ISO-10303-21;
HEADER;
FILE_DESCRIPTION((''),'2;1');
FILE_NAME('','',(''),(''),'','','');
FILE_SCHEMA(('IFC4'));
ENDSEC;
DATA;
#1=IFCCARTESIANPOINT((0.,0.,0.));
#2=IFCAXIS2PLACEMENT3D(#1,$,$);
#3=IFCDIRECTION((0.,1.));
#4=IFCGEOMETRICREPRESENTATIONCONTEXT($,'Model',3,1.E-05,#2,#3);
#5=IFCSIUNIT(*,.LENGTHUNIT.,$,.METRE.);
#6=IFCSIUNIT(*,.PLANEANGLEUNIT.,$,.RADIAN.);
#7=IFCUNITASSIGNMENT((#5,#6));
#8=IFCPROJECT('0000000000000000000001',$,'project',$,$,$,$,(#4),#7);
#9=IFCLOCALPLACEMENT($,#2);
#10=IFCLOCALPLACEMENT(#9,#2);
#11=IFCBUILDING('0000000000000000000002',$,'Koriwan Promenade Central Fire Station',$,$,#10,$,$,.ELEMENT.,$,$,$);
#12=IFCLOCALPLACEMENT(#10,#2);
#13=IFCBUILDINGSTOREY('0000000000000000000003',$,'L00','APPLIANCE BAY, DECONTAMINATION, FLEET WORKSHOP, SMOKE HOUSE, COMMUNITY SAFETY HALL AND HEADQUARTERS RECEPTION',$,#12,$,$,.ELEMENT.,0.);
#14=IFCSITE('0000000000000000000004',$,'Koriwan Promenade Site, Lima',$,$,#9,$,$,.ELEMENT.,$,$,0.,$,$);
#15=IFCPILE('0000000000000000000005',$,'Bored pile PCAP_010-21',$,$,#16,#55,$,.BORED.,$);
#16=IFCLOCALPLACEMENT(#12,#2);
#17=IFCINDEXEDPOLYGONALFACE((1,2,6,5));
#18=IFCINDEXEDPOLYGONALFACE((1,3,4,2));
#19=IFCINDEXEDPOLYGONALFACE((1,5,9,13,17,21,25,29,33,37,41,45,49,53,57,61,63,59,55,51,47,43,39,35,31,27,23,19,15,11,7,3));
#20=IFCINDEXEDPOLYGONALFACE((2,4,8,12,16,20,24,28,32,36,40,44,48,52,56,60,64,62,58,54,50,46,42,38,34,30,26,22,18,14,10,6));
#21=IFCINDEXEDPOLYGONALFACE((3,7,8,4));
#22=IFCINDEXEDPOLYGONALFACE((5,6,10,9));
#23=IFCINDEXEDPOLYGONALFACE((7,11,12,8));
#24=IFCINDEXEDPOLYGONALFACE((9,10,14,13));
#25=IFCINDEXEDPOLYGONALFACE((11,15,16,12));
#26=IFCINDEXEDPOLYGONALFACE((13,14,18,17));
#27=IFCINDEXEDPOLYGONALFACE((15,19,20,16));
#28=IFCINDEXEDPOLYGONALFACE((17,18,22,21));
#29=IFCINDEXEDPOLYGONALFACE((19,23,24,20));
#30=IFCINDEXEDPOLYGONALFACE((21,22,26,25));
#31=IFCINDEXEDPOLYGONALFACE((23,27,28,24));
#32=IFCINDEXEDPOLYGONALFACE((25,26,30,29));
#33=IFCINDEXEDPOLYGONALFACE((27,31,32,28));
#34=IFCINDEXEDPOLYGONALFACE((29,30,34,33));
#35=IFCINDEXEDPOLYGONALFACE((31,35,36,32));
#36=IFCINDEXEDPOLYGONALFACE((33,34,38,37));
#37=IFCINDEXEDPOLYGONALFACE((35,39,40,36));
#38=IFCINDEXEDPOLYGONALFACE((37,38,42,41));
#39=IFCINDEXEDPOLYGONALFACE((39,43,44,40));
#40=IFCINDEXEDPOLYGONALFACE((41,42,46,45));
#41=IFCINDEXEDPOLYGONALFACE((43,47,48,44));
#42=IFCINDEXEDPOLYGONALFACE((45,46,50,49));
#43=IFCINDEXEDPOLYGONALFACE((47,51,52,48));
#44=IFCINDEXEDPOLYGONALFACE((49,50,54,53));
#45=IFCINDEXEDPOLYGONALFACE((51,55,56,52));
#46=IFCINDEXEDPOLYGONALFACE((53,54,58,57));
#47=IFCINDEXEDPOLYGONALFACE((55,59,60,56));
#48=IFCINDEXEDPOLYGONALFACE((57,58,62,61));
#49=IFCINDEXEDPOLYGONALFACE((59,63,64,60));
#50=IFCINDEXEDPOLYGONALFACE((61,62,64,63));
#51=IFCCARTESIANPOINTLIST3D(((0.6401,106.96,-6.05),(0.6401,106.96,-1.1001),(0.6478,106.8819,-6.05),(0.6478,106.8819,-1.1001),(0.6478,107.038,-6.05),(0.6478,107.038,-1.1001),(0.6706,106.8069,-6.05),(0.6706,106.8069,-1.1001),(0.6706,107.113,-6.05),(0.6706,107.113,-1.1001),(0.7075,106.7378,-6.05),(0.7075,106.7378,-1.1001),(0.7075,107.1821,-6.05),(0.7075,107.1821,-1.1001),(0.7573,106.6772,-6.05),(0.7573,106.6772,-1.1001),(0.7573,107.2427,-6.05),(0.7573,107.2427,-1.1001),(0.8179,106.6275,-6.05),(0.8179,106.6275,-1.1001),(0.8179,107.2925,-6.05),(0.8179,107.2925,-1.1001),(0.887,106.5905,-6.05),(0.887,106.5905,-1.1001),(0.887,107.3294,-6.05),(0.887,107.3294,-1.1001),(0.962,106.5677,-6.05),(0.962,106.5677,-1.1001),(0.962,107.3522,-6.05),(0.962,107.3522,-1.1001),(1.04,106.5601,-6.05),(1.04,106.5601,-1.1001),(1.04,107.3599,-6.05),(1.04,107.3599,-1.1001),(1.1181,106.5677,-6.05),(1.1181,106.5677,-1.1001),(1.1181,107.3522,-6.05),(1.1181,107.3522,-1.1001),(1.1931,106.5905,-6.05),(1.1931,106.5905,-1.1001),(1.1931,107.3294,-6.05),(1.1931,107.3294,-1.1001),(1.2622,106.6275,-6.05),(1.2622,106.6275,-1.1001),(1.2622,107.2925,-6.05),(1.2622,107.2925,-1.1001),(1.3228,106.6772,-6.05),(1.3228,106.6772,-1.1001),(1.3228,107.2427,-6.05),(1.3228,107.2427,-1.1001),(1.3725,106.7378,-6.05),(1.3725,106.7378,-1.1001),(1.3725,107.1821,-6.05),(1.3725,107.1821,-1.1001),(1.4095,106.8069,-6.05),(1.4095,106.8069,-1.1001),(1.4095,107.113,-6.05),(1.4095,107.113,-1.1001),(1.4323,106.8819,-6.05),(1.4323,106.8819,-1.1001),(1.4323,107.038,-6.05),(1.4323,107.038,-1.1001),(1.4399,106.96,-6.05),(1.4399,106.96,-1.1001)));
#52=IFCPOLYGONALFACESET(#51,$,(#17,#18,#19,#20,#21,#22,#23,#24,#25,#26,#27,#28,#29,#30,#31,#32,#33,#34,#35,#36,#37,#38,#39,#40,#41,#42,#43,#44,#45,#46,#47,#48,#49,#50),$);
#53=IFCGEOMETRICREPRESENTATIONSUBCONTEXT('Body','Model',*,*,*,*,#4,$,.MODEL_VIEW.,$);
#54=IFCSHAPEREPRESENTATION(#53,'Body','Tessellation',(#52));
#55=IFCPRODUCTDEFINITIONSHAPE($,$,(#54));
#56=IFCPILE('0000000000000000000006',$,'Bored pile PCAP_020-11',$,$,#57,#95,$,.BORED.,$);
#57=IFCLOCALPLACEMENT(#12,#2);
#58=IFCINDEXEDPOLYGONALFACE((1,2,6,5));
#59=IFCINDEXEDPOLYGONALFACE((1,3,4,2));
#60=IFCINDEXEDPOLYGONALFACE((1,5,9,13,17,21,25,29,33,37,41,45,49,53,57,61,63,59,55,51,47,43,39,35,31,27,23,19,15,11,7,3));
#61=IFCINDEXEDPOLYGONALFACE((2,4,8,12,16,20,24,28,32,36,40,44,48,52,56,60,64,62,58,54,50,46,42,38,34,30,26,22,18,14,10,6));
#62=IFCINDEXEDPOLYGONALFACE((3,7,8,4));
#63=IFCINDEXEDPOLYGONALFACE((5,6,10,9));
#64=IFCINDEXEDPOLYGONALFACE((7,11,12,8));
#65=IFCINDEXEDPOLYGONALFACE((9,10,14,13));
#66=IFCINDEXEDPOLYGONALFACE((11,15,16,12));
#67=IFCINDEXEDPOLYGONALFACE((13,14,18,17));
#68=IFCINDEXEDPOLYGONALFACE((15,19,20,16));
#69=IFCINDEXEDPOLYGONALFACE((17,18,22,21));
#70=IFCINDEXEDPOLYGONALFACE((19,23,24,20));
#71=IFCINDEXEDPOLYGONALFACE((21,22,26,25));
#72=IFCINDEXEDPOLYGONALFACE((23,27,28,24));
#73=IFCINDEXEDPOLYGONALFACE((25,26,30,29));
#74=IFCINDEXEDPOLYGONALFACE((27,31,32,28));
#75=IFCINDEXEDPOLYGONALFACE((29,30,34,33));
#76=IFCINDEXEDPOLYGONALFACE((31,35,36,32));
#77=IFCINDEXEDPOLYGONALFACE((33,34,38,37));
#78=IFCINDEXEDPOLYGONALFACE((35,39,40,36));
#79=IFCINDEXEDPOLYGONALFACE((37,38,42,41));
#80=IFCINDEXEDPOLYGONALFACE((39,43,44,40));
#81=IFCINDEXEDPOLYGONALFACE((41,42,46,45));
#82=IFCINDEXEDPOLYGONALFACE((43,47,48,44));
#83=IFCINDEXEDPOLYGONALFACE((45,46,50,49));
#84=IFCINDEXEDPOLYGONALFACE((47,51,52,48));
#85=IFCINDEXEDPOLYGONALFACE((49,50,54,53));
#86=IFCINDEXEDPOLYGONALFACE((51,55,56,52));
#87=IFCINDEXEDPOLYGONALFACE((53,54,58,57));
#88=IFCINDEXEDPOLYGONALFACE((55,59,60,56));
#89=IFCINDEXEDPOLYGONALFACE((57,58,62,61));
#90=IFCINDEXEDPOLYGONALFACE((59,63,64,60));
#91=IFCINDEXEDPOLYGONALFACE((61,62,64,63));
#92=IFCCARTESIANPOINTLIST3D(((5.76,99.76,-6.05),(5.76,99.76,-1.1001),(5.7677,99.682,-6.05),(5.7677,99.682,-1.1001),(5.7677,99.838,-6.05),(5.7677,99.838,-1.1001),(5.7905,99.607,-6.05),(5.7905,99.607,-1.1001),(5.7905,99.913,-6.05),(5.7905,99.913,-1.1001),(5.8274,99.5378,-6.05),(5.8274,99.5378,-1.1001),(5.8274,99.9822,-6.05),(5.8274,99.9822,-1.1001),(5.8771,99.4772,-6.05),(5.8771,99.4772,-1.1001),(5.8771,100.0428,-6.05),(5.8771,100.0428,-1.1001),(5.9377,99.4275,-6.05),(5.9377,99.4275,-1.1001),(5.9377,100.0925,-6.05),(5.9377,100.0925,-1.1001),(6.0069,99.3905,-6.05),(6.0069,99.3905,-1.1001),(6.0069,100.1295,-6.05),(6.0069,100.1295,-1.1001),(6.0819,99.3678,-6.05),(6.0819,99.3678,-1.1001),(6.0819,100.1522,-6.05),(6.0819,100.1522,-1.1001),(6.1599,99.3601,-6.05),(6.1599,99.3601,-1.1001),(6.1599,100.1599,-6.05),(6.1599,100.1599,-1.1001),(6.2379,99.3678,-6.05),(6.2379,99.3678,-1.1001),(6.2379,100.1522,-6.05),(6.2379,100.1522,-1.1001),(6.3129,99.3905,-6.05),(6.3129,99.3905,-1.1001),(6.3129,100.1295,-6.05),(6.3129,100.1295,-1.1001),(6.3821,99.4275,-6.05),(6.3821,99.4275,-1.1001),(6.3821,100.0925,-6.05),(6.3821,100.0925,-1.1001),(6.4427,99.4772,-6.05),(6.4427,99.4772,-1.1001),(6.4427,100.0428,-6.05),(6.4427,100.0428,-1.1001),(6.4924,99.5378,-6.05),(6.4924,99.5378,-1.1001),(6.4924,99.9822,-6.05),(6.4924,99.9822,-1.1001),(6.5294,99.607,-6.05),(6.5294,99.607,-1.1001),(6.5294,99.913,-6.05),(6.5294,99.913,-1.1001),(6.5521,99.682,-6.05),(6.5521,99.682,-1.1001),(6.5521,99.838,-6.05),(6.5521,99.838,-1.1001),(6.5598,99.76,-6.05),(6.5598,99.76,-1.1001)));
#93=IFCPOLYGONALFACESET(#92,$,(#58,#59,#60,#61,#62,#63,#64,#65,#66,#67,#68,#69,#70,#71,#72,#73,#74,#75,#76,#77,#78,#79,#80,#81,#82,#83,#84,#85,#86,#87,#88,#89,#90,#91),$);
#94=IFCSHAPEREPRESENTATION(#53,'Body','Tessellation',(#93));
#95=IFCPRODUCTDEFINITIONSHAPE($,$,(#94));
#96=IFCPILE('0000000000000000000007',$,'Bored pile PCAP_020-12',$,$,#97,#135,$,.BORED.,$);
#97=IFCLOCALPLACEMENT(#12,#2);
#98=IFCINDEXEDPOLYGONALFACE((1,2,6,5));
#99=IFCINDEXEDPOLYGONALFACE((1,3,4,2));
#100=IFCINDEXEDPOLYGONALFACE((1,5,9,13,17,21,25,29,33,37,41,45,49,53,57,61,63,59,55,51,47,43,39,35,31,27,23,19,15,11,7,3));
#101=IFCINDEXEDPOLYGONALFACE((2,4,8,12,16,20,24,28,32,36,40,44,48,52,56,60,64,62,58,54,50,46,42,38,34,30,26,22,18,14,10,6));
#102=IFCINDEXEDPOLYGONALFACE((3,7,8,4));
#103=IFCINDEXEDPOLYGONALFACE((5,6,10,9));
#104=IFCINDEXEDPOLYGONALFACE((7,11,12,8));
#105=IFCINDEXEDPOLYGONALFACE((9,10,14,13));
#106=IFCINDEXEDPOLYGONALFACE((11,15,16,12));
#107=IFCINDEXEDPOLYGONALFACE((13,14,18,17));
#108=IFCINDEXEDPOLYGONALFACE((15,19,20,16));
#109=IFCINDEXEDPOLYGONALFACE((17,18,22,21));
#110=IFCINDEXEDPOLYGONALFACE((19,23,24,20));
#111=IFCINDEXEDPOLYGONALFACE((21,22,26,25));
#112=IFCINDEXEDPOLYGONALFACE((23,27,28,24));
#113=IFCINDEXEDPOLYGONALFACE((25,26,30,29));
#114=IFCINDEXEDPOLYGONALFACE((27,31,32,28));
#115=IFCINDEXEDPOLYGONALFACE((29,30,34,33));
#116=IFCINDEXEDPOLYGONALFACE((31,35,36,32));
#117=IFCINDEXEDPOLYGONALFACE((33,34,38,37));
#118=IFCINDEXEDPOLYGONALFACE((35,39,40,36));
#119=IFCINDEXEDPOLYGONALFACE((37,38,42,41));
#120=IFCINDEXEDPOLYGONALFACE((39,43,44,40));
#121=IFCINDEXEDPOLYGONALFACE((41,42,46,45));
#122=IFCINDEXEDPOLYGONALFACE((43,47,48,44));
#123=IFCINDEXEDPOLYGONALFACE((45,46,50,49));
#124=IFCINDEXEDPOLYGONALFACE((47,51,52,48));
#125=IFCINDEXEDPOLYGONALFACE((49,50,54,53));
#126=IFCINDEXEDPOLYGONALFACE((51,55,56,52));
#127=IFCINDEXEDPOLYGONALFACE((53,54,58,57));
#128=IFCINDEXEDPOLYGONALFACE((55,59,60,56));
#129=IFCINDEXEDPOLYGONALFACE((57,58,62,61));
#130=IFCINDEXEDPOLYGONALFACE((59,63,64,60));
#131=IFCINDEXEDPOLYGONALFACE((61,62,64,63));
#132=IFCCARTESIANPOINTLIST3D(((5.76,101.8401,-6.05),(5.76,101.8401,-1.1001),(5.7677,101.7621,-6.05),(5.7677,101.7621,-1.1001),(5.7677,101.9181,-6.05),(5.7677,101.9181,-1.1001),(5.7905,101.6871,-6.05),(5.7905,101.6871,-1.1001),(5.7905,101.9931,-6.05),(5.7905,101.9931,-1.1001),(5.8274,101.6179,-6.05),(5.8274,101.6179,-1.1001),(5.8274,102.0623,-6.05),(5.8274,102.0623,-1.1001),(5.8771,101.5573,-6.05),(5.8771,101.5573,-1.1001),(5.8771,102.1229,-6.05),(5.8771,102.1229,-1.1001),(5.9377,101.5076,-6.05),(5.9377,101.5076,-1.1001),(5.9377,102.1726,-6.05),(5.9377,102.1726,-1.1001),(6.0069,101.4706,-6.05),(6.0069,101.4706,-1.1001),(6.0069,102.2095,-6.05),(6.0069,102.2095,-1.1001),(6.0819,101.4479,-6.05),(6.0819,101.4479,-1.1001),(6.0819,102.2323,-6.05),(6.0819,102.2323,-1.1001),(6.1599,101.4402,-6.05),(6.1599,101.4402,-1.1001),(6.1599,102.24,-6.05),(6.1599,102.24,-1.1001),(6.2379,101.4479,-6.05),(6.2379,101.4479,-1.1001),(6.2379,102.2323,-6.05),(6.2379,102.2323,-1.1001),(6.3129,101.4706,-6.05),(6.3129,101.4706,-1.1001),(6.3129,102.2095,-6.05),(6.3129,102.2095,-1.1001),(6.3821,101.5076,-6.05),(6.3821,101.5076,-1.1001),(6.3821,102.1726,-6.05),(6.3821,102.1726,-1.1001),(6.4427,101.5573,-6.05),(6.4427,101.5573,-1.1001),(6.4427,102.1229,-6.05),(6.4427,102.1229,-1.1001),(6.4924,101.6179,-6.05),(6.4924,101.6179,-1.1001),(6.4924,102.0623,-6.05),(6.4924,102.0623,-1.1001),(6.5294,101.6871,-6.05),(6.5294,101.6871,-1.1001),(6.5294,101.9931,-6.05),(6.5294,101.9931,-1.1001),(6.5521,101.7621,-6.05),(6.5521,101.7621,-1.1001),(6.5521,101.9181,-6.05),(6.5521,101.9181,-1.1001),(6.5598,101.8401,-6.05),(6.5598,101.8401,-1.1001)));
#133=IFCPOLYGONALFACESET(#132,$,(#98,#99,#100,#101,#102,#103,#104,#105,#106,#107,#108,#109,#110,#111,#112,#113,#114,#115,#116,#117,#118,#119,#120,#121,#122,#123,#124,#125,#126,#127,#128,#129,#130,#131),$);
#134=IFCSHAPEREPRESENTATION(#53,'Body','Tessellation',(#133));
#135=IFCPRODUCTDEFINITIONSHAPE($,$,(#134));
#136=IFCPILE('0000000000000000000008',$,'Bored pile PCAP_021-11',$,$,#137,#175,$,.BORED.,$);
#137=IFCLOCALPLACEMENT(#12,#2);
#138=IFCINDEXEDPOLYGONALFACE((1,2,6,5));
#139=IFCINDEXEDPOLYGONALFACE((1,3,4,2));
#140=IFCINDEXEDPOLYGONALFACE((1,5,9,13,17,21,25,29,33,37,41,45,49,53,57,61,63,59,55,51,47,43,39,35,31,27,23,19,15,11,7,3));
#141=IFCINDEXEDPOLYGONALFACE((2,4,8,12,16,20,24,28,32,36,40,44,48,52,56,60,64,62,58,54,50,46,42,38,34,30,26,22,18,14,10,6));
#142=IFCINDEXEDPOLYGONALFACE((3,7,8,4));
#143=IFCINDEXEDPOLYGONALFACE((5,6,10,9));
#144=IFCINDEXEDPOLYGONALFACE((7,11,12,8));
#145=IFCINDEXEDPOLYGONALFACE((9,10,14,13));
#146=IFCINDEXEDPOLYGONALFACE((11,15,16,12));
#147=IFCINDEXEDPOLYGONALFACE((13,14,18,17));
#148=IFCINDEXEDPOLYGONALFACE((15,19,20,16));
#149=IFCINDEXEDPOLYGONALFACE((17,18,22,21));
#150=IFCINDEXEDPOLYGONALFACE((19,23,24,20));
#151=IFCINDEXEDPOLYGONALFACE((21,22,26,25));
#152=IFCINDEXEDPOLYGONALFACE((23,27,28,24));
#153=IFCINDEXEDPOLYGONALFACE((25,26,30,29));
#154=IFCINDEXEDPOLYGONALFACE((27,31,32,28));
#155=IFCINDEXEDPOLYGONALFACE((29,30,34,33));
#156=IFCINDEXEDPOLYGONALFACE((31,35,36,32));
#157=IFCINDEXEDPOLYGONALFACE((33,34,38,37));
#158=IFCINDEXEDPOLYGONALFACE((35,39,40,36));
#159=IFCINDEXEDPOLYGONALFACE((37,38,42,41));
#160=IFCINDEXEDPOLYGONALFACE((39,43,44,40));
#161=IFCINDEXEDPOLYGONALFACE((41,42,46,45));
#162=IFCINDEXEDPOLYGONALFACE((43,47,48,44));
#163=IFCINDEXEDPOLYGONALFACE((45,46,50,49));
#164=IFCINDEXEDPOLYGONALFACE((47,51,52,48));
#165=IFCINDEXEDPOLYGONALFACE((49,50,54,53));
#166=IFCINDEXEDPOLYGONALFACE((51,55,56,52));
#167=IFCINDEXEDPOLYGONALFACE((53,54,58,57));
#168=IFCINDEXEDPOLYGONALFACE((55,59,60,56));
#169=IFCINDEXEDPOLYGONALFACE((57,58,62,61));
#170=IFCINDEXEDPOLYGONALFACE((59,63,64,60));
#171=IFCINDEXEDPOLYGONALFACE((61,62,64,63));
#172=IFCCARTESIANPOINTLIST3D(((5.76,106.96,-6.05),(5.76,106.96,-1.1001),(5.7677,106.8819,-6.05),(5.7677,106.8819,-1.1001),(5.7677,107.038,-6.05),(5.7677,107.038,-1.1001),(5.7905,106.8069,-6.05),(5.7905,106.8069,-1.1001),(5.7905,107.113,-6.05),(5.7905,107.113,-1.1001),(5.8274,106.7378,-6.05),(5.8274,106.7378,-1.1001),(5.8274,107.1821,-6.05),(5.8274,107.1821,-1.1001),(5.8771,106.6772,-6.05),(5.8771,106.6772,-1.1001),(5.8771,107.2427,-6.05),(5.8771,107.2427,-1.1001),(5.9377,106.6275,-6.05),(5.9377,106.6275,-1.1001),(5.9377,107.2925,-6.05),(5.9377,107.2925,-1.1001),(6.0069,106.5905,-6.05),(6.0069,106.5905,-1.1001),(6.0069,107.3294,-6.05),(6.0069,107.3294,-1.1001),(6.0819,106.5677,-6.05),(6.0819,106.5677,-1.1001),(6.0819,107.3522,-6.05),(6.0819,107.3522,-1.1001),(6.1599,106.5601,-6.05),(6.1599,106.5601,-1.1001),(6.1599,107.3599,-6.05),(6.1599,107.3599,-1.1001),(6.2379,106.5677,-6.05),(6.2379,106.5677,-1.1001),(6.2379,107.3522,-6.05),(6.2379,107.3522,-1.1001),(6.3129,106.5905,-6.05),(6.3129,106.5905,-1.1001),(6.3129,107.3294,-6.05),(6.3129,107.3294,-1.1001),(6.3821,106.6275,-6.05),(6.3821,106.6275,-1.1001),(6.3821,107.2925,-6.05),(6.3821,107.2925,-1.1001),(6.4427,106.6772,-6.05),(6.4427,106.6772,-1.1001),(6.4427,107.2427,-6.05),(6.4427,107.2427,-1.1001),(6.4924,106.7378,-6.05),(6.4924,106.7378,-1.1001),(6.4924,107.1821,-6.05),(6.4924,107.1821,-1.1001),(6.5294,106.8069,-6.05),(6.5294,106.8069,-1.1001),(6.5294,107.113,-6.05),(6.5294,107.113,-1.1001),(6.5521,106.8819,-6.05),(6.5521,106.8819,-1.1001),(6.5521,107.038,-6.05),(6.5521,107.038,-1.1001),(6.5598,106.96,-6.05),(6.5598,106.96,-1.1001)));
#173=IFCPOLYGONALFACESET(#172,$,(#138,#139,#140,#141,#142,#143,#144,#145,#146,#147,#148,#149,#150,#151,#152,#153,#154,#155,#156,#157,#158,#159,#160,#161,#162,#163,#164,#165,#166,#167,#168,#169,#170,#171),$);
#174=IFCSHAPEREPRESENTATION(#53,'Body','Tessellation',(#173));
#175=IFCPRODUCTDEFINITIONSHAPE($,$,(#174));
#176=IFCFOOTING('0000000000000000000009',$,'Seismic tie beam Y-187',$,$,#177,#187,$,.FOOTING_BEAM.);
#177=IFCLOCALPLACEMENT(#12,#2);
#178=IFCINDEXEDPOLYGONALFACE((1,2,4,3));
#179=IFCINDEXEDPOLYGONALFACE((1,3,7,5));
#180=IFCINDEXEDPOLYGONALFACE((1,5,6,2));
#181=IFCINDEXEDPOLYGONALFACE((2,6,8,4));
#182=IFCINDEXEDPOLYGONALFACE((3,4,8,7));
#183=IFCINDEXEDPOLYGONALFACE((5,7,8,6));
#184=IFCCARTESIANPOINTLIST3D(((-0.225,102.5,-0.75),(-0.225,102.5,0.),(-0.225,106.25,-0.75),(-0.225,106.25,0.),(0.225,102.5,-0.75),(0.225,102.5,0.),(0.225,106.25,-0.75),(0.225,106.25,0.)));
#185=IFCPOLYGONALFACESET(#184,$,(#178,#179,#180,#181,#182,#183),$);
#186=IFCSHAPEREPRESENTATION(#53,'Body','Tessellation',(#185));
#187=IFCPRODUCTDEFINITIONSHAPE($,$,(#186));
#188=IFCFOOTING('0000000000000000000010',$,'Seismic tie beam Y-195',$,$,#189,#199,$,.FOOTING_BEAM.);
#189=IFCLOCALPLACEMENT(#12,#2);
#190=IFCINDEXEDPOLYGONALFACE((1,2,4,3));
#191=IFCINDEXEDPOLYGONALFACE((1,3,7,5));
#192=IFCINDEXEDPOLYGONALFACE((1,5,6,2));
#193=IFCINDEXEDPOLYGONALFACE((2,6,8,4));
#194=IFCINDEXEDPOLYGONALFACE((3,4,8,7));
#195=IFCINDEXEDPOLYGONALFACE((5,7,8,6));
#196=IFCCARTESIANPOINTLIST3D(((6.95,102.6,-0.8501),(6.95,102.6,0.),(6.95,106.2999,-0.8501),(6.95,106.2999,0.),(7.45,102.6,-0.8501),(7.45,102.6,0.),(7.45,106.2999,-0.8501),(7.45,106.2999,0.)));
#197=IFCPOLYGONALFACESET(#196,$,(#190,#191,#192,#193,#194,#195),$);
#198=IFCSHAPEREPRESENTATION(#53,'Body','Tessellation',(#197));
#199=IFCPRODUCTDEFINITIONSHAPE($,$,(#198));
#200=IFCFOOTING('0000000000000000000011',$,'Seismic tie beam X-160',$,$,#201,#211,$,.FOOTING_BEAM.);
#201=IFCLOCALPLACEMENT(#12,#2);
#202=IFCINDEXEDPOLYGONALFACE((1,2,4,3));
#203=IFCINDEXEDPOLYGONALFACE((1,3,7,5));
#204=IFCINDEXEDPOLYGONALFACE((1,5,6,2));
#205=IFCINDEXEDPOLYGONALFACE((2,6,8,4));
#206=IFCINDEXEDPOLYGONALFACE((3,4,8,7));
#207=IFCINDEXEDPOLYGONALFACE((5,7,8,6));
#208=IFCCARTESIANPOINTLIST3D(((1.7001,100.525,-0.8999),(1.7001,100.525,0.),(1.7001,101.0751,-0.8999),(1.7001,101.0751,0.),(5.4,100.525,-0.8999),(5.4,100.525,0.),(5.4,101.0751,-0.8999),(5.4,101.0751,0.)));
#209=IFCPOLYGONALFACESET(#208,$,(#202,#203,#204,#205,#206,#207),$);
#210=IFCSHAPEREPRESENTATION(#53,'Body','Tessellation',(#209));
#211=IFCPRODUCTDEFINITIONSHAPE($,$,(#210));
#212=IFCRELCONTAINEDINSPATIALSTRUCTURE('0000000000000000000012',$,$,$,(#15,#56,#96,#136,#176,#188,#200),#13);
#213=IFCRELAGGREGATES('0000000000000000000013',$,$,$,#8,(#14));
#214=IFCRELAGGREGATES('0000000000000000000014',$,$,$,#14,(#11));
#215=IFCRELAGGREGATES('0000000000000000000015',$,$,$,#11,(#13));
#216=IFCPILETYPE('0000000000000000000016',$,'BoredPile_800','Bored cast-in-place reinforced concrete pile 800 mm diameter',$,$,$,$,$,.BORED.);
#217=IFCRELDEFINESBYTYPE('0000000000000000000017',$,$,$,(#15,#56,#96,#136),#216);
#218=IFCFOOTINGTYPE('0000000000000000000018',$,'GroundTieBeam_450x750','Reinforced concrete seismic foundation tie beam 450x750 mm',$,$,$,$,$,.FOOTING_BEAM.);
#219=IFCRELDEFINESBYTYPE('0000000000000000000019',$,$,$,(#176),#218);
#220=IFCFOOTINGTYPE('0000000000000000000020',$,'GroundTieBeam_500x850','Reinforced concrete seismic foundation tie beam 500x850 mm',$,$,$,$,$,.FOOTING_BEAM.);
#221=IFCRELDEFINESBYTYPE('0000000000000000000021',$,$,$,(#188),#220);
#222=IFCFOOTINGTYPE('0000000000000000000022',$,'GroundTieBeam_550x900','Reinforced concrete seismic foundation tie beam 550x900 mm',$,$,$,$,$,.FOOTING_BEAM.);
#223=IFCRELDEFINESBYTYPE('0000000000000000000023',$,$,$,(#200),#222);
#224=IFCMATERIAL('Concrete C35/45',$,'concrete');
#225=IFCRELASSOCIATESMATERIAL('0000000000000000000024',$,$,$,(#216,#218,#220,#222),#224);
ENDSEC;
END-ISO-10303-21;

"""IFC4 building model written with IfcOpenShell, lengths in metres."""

from ifc_helpers import new_model, si_unit, direction, frame, origin, origin_2d, place, context, subcontext, project, spatial, rectangle, circle, extrude, material, material_profile, profile_set, type_object, element, save


model = new_model("IFC4")

# Units and contexts
model_context = context("Model", 3, precision=1e-05, world=origin(), true_north=direction((0.0, 1.0)))
body_context = subcontext(model_context, "Body", "Model", "MODEL_VIEW")
ifc_project = project(units=[si_unit("LENGTHUNIT", "METRE"), si_unit("PLANEANGLEUNIT", "RADIAN")], contexts=[model_context])

# Site, building, storey
site_placement = place(None, origin())
site = spatial("IfcSite", under=ifc_project, at=site_placement, Name="Koriwan Promenade Site, Lima", CompositionType="ELEMENT", RefElevation=0.0)
building_placement = place(site_placement, origin())
building = spatial("IfcBuilding", under=site, at=building_placement, Name="Koriwan Promenade Central Fire Station", CompositionType="ELEMENT")
storey_placement = place(building_placement, origin())
storey = spatial("IfcBuildingStorey", under=building, at=storey_placement, Name="L00", Description="APPLIANCE BAY, DECONTAMINATION, FLEET WORKSHOP, SMOKE HOUSE, COMMUNITY SAFETY HALL AND HEADQUARTERS RECEPTION", CompositionType="ELEMENT", Elevation=0.0)

# Piles
ifc_material_1 = material(Name="Concrete C35/45", Category="concrete")
ifc_material_profile_1 = material_profile(ifc_material_1, circle(Radius=0.3999, at=origin_2d()), Name="PILE-D800")
ifc_profile_set_1 = profile_set([ifc_material_profile_1], Name="Concrete C35/45")
pile_type = type_object("IfcPileType", Name="BoredPile_800", Description="Bored cast-in-place reinforced concrete pile 800 mm diameter", PredefinedType="BORED", material=ifc_profile_set_1)
for number, where, z_axis, x_axis, name in (
    (1, (1.04, 106.96, -1.1001), (0.0, 0.0, -1.0), (1.0, 0.0, 0.0), "Bored pile PCAP_010-21"),
    (2, (6.1599, 99.76, -1.1001), (0.0, 0.0, -1.0), (1.0, 0.0, 0.0), "Bored pile PCAP_020-11"),
    (3, (6.1599, 101.8401, -1.1001), (0.0, 0.0, -1.0), (1.0, 0.0, 0.0), "Bored pile PCAP_020-12"),
    (4, (6.1599, 106.96, -1.1001), (0.0, 0.0, -1.0), (1.0, 0.0, 0.0), "Bored pile PCAP_021-11"),
):
    element("IfcPile", number, at=place(storey_placement, frame(where, z_axis=z_axis, x_axis=x_axis)), inside=storey, type_object=pile_type, Name=name, PredefinedType="BORED", context=body_context, shape_type="SweptSolid", body=[
        extrude(circle(Radius=0.3999, at=origin_2d()), origin(), (0.0, 0.0, 1.0), 4.95),
    ])

# Footings
footing_type_1 = type_object("IfcFootingType", Name="GroundTieBeam_450x750", Description="Reinforced concrete seismic foundation tie beam 450x750 mm", PredefinedType="FOOTING_BEAM", material=ifc_material_1)
footing_1_placement = place(storey_placement, frame((0.0, 104.375, -0.75), z_axis=(0.0, 0.0, 1.0), x_axis=(0.0, 1.0, 0.0)))
element("IfcFooting", 5, at=footing_1_placement, inside=storey, type_object=footing_type_1, Name="Seismic tie beam Y-187", PredefinedType="FOOTING_BEAM", context=body_context, shape_type="SweptSolid", body=[
    extrude(rectangle(XDim=3.75, YDim=0.45, at=origin_2d()), origin(), (0.0, 0.0, 1.0), 0.75),
])
footing_type_2 = type_object("IfcFootingType", Name="GroundTieBeam_500x850", Description="Reinforced concrete seismic foundation tie beam 500x850 mm", PredefinedType="FOOTING_BEAM", material=ifc_material_1)
footing_2_placement = place(storey_placement, frame((7.2, 104.45, -0.8501), z_axis=(0.0, 0.0, 1.0), x_axis=(0.0, 1.0, 0.0)))
element("IfcFooting", 6, at=footing_2_placement, inside=storey, type_object=footing_type_2, Name="Seismic tie beam Y-195", PredefinedType="FOOTING_BEAM", context=body_context, shape_type="SweptSolid", body=[
    extrude(rectangle(XDim=3.7, YDim=0.5, at=origin_2d()), origin(), (0.0, 0.0, 1.0), 0.8501),
])
footing_type_3 = type_object("IfcFootingType", Name="GroundTieBeam_550x900", Description="Reinforced concrete seismic foundation tie beam 550x900 mm", PredefinedType="FOOTING_BEAM", material=ifc_material_1)
footing_3_placement = place(storey_placement, frame((3.55, 100.8, -0.8999), z_axis=(0.0, 0.0, 1.0), x_axis=(1.0, 0.0, 0.0)))
element("IfcFooting", 7, at=footing_3_placement, inside=storey, type_object=footing_type_3, Name="Seismic tie beam X-160", PredefinedType="FOOTING_BEAM", context=body_context, shape_type="SweptSolid", body=[
    extrude(rectangle(XDim=3.7, YDim=0.55, at=origin_2d()), origin(), (0.0, 0.0, 1.0), 0.8999),
])

save(model, "model.ifc")
